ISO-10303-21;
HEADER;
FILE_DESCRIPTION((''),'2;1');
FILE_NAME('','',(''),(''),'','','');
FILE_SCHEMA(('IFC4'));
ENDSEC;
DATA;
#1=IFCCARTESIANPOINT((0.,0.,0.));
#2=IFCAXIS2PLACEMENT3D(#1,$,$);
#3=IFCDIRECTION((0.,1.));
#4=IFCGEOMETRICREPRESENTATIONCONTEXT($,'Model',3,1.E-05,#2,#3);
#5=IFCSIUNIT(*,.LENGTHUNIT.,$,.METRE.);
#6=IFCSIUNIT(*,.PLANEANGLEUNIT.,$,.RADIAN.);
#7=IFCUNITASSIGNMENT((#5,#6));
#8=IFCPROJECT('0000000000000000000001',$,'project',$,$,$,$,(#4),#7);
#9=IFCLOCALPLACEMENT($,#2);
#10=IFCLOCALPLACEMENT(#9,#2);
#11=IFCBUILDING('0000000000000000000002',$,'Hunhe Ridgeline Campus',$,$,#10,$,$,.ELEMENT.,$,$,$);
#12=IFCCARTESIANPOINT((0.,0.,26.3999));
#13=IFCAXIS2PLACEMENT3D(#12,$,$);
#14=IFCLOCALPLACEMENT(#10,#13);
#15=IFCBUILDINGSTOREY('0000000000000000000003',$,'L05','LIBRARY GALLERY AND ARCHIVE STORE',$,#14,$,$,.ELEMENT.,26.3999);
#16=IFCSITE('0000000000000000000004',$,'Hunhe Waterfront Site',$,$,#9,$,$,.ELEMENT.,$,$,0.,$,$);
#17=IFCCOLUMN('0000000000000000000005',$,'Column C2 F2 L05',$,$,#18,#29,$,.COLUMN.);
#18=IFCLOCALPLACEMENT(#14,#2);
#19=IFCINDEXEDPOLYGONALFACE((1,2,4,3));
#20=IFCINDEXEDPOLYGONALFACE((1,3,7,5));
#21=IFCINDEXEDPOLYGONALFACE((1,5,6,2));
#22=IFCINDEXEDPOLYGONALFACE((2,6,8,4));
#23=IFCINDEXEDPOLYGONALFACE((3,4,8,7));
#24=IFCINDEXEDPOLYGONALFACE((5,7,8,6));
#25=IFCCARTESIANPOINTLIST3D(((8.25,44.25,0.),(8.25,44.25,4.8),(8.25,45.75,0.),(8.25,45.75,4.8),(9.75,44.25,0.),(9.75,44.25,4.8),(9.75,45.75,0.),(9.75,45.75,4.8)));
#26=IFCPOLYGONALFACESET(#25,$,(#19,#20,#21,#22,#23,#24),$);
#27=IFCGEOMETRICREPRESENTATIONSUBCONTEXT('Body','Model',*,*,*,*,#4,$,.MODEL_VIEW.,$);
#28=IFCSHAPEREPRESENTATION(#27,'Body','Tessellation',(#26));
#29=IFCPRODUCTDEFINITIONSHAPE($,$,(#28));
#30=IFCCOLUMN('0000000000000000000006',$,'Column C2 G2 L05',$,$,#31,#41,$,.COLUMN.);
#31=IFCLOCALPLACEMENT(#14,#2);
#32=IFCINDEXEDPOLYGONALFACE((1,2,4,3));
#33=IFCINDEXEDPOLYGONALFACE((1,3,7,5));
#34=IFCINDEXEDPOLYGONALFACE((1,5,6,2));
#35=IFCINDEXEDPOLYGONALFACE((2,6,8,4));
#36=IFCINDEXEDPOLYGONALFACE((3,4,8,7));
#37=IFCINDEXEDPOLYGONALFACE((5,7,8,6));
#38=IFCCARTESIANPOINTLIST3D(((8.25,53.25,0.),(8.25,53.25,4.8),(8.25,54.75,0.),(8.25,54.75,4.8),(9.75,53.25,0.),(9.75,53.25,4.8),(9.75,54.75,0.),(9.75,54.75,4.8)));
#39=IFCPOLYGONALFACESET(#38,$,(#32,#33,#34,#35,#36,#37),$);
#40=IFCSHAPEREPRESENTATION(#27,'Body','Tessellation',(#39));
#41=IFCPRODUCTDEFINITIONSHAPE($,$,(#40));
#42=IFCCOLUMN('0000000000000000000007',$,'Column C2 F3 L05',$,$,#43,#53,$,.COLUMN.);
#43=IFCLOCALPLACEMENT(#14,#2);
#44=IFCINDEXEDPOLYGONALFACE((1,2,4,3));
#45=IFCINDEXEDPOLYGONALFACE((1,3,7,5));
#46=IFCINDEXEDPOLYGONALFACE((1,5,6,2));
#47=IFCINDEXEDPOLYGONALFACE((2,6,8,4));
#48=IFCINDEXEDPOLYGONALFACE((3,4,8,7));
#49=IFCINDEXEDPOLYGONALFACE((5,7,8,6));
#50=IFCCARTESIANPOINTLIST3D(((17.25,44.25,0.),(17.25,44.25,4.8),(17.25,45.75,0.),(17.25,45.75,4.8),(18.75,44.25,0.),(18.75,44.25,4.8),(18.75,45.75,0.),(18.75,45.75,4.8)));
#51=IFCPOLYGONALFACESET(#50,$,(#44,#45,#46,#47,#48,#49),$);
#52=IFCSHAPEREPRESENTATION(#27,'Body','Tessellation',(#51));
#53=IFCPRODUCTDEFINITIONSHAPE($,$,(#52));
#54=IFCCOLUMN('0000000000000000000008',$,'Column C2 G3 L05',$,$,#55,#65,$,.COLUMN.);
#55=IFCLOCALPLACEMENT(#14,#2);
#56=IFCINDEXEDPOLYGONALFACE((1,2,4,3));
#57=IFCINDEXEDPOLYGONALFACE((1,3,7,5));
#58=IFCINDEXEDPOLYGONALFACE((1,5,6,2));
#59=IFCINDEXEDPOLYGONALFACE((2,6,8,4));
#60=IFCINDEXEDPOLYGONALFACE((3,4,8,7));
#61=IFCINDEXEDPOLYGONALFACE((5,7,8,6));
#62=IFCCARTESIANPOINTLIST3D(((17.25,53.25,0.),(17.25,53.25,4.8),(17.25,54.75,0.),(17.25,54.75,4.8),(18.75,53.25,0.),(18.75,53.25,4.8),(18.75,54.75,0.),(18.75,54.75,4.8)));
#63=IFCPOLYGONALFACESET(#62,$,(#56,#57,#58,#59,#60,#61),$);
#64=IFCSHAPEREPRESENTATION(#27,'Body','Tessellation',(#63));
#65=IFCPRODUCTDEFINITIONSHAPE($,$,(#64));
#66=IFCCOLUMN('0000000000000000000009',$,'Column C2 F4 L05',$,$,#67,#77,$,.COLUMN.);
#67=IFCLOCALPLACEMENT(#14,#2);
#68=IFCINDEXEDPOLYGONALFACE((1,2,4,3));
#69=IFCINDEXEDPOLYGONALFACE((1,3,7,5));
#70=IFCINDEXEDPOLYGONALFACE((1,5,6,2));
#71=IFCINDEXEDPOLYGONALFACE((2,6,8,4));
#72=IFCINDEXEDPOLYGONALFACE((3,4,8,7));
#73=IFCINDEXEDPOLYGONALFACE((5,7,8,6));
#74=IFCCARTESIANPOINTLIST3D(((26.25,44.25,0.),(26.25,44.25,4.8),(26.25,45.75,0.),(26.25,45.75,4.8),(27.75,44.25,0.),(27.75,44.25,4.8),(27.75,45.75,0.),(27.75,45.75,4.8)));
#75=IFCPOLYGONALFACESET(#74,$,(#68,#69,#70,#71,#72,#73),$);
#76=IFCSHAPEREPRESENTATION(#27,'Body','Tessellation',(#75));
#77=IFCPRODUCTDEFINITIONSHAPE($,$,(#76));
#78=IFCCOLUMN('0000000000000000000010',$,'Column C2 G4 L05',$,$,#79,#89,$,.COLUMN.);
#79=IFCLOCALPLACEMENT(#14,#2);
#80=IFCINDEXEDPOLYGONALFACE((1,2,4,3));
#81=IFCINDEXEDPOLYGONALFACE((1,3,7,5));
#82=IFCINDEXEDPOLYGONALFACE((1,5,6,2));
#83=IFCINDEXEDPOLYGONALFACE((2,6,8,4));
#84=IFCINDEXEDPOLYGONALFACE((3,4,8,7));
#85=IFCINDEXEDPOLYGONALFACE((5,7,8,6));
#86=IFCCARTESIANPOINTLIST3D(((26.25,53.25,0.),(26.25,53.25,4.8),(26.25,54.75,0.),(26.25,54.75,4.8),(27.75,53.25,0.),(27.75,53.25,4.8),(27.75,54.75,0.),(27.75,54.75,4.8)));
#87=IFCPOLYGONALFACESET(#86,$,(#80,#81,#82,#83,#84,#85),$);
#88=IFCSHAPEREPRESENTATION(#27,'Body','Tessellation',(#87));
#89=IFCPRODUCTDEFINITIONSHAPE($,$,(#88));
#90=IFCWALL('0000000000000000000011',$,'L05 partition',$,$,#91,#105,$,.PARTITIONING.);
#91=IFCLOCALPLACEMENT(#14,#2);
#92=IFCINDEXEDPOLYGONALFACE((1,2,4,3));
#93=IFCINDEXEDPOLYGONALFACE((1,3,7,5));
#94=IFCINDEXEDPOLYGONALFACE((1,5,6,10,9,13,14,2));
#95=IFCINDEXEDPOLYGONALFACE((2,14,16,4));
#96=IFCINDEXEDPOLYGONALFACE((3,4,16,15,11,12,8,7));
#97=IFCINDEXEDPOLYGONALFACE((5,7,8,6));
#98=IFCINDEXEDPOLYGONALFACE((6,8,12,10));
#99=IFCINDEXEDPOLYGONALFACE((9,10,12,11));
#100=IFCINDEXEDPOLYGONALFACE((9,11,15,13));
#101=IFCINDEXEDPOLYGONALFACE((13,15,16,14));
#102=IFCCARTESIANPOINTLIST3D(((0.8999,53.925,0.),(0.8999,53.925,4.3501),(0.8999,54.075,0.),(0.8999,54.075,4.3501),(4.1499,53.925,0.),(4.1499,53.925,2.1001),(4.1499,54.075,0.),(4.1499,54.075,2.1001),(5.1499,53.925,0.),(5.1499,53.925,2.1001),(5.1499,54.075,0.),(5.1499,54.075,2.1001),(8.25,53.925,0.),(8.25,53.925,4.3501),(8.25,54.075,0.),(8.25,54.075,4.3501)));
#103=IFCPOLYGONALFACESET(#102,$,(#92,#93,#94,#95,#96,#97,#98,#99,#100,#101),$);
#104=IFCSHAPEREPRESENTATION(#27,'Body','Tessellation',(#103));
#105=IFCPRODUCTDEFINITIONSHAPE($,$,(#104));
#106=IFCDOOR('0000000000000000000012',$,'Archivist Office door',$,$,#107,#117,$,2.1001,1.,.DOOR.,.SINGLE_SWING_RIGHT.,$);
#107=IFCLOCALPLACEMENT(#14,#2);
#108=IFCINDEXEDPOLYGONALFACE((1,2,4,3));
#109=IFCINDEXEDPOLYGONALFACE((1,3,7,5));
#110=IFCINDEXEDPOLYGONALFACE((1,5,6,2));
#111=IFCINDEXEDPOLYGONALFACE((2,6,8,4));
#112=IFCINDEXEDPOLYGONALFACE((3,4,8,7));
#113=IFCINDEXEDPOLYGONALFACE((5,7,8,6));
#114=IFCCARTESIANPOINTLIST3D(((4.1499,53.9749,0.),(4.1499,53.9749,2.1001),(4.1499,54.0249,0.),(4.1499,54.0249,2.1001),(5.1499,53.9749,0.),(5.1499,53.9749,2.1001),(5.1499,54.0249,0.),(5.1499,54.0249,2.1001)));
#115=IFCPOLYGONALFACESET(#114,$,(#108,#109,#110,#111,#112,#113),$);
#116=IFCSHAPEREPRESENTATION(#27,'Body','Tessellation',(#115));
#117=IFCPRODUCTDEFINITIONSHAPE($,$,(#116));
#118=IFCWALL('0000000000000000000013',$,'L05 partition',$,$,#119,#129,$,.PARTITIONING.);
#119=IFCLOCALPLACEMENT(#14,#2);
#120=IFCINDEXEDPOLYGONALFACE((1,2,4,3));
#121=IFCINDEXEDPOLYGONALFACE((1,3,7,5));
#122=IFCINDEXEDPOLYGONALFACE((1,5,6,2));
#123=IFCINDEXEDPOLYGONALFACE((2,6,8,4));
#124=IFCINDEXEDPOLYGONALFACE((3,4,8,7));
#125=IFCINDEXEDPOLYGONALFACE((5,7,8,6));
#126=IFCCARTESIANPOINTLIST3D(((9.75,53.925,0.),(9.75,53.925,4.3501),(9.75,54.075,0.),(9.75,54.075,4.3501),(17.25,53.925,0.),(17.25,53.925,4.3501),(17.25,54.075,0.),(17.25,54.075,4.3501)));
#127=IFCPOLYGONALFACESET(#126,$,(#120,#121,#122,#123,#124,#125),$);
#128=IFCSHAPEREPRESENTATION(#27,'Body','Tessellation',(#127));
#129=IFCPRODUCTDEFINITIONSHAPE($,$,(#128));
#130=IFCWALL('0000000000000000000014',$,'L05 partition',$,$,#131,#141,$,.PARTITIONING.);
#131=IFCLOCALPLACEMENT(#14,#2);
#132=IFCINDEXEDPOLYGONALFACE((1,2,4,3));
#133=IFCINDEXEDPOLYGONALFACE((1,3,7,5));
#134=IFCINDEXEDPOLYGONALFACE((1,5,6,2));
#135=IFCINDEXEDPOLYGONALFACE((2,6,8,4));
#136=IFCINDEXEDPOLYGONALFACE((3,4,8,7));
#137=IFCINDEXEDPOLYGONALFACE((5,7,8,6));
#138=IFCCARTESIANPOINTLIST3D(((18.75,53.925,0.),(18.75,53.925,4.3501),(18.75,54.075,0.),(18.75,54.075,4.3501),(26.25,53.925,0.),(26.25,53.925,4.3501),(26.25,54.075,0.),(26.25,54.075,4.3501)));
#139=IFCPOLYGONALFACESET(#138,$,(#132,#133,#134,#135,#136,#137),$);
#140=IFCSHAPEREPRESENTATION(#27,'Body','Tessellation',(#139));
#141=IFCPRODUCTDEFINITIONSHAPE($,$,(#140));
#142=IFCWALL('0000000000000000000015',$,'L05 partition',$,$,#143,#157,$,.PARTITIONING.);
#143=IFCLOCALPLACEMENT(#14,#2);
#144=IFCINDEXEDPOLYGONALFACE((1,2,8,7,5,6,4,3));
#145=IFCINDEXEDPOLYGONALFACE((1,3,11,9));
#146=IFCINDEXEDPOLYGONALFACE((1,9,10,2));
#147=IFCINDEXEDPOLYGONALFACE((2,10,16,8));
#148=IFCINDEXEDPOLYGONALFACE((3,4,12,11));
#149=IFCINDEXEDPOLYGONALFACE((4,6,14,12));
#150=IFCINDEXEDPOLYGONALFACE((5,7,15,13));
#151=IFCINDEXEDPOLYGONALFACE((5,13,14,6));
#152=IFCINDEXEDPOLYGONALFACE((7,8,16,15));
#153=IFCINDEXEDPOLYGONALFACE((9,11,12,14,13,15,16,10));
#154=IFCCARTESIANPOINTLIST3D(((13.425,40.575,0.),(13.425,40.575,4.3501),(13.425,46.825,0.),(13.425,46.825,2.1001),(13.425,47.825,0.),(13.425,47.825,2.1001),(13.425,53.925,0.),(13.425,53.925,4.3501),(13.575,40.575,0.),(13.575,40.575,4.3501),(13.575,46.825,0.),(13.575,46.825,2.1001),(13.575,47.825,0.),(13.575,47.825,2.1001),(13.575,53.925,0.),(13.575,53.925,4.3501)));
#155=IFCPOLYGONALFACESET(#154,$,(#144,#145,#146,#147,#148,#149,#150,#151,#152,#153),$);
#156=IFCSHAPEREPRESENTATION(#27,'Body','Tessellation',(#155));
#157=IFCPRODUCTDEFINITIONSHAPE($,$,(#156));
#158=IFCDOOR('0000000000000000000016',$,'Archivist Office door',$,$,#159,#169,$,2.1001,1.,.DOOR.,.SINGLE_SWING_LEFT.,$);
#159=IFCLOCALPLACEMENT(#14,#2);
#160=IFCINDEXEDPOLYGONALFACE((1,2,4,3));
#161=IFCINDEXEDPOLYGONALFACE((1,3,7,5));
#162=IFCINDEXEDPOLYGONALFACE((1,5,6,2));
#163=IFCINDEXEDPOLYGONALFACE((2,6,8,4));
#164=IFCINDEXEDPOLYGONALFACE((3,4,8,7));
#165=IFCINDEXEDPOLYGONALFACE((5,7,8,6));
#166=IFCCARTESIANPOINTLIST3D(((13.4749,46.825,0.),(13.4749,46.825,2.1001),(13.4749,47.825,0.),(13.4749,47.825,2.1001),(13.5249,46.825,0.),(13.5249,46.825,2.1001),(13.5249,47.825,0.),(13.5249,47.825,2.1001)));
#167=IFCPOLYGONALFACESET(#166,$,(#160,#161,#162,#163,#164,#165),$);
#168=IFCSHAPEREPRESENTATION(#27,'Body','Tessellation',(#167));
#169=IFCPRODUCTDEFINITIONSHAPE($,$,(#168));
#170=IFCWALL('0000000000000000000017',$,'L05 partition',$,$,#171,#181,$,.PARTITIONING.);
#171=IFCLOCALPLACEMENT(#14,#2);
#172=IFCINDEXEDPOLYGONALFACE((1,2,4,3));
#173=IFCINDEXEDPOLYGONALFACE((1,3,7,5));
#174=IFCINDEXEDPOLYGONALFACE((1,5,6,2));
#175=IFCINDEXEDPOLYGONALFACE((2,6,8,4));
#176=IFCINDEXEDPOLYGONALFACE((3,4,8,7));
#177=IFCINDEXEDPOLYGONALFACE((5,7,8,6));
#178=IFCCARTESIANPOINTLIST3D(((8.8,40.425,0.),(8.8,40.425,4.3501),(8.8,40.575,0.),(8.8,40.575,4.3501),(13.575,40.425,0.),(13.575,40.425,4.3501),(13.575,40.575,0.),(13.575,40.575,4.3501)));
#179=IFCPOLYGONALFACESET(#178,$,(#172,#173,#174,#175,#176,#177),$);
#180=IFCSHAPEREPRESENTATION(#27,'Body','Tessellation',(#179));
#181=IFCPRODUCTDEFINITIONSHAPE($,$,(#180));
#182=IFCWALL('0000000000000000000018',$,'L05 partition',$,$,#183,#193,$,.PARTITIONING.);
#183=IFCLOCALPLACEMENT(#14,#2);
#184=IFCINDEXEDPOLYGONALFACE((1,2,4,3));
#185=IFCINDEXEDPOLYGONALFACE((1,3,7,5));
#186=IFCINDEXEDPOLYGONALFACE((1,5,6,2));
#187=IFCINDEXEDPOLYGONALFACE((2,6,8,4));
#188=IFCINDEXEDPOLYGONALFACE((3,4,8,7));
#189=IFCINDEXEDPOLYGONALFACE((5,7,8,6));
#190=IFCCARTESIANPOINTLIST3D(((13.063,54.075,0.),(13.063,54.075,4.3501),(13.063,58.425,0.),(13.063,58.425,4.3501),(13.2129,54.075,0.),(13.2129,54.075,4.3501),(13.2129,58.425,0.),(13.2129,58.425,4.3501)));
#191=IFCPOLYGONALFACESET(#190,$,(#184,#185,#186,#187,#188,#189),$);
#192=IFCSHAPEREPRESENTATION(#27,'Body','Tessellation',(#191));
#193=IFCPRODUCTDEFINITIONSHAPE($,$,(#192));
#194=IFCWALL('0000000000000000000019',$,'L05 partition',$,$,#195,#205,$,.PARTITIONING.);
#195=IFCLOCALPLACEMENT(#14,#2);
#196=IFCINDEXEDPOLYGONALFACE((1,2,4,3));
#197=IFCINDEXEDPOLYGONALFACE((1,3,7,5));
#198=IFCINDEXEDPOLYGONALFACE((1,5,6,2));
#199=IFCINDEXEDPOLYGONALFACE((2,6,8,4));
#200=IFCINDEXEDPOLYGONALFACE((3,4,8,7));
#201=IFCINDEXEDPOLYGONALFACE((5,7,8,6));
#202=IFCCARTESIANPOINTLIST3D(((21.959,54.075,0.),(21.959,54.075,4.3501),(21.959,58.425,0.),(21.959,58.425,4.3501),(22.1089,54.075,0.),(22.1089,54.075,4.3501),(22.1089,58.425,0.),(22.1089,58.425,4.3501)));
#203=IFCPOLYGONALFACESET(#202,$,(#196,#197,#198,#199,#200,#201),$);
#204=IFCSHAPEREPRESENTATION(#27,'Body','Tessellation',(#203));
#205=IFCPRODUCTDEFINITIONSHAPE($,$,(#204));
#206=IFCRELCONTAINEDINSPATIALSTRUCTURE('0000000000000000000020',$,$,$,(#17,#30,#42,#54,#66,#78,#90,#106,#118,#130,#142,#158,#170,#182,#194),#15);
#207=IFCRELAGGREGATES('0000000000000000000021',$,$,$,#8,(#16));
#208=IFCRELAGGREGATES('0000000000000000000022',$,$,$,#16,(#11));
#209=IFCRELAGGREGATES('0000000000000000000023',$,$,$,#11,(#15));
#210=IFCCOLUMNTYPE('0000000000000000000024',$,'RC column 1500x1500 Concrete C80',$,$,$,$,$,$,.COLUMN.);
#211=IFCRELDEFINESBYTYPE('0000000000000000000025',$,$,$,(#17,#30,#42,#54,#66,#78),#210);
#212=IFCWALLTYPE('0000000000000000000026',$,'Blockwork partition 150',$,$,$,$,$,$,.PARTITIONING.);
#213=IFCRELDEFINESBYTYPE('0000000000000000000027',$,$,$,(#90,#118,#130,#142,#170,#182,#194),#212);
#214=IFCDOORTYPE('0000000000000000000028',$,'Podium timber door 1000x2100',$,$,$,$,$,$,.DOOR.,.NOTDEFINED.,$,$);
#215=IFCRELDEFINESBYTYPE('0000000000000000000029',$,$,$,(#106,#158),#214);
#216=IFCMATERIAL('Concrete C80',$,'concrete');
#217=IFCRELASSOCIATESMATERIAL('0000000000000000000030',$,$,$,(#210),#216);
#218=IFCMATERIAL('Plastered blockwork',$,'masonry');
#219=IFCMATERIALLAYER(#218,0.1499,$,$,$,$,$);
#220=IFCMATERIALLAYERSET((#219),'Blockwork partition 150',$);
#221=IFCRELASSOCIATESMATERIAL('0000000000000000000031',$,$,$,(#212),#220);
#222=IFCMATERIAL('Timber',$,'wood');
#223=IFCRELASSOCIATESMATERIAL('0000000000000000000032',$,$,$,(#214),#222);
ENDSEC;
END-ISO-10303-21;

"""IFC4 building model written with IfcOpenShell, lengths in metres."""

from ifc_helpers import new_model, si_unit, direction, frame, frame_2d, origin, origin_2d, place, context, subcontext, project, spatial, rectangle, extrude, material, layer, layer_set, material_profile, profile_set, type_object, element, fill, save


model = new_model("IFC4")

# Units and contexts
model_context = context("Model", 3, precision=1e-05, world=origin(), true_north=direction((0.0, 1.0)))
body_context = subcontext(model_context, "Body", "Model", "MODEL_VIEW")
ifc_project = project(units=[si_unit("LENGTHUNIT", "METRE"), si_unit("PLANEANGLEUNIT", "RADIAN")], contexts=[model_context])

# Site, building, storey
site_placement = place(None, origin())
site = spatial("IfcSite", under=ifc_project, at=site_placement, Name="Hunhe Waterfront Site", CompositionType="ELEMENT", RefElevation=0.0)
building_placement = place(site_placement, origin())
building = spatial("IfcBuilding", under=site, at=building_placement, Name="Hunhe Ridgeline Campus", CompositionType="ELEMENT")
storey_placement = place(building_placement, frame((0.0, 0.0, 26.3999)))
storey = spatial("IfcBuildingStorey", under=building, at=storey_placement, Name="L05", Description="LIBRARY GALLERY AND ARCHIVE STORE", CompositionType="ELEMENT", Elevation=26.3999)

# Columns
ifc_material_1 = material(Name="Concrete C80", Category="concrete")
ifc_material_profile = material_profile(ifc_material_1, rectangle(XDim=1.5, YDim=1.5, at=origin_2d()))
ifc_profile_set = profile_set([ifc_material_profile], Name="Concrete C80")
column_type = type_object("IfcColumnType", Name="RC column 1500x1500 Concrete C80", PredefinedType="COLUMN", material=ifc_profile_set)
for number, where, z_axis, x_axis, name in (
    (1, (9.0, 45.0, 0.0), (0.0, 0.0, 1.0), (1.0, 0.0, 0.0), "Column C2 F2 L05"),
    (2, (9.0, 54.0, 0.0), (0.0, 0.0, 1.0), (1.0, 0.0, 0.0), "Column C2 G2 L05"),
    (3, (18.0, 45.0, 0.0), (0.0, 0.0, 1.0), (1.0, 0.0, 0.0), "Column C2 F3 L05"),
    (4, (18.0, 54.0, 0.0), (0.0, 0.0, 1.0), (1.0, 0.0, 0.0), "Column C2 G3 L05"),
    (5, (27.0, 45.0, 0.0), (0.0, 0.0, 1.0), (1.0, 0.0, 0.0), "Column C2 F4 L05"),
    (6, (27.0, 54.0, 0.0), (0.0, 0.0, 1.0), (1.0, 0.0, 0.0), "Column C2 G4 L05"),
):
    element("IfcColumn", number, at=place(storey_placement, frame(where, z_axis=z_axis, x_axis=x_axis)), inside=storey, type_object=column_type, Name=name, PredefinedType="COLUMN", context=body_context, shape_type="SweptSolid", body=[
        extrude(rectangle(XDim=1.5, YDim=1.5, at=origin_2d()), origin(), (0.0, 0.0, 1.0), 4.8),
    ])

# Wall, opening, door
ifc_material_2 = material(Name="Plastered blockwork", Category="masonry")
ifc_layer_1 = layer(ifc_material_2, 0.1499)
ifc_layer_set_1 = layer_set([ifc_layer_1], Name="Blockwork partition 150")
wall_type_1 = type_object("IfcWallType", Name="Blockwork partition 150", PredefinedType="PARTITIONING", material=ifc_layer_set_1)
wall_1_placement = place(storey_placement, frame((0.8999, 54.0, 0.0), z_axis=(0.0, 0.0, 1.0), x_axis=(1.0, 0.0, 0.0)))
wall_1 = element("IfcWall", 7, at=wall_1_placement, inside=storey, type_object=wall_type_1, Name="L05 partition", PredefinedType="PARTITIONING", context=body_context, shape_type="SweptSolid", body=[
    extrude(rectangle(XDim=7.3501, YDim=0.1499, at=frame_2d((3.675, 0.0))), origin(), (0.0, 0.0, 1.0), 4.3501),
])
opening_1_placement = place(wall_1_placement, frame((3.25, 0.0, 0.0)))
opening_1 = element("IfcOpeningElement", 8, at=opening_1_placement, cuts=wall_1, PredefinedType="OPENING", context=body_context, shape_type="SweptSolid", body=[
    extrude(rectangle(XDim=1.0, YDim=2.1001, at=frame_2d((0.5, 1.05))), frame((0.0, 0.075, 0.0), z_axis=(0.0, -1.0, 0.0), x_axis=(1.0, 0.0, 0.0)), (0.0, 0.0, 1.0), 0.1499),
])
ifc_material_3 = material(Name="Timber", Category="wood")
door_type_1 = type_object("IfcDoorType", Name="Podium timber door 1000x2100", OperationType="NOTDEFINED", PredefinedType="DOOR", material=ifc_material_3)
door_1_placement = place(opening_1_placement, origin())
door_1 = element("IfcDoor", 9, at=door_1_placement, inside=storey, type_object=door_type_1, Name="Archivist Office door", OperationType="SINGLE_SWING_RIGHT", OverallHeight=2.1001, OverallWidth=1.0, PredefinedType="DOOR", context=body_context, shape_type="SweptSolid", body=[
    extrude(rectangle(XDim=1.0, YDim=2.1001, at=frame_2d((0.5, 1.05))), frame((0.0, 0.0249, 0.0), z_axis=(0.0, -1.0, 0.0), x_axis=(1.0, 0.0, 0.0)), (0.0, 0.0, 1.0), 0.05),
])
fill(opening_1, door_1)

# Walls
for number, where, z_axis, x_axis, name in (
    (10, (9.75, 54.0, 0.0), (0.0, 0.0, 1.0), (1.0, 0.0, 0.0), "L05 partition"),
    (11, (26.25, 54.0, 0.0), (0.0, 0.0, 1.0), (-1.0, 0.0, 0.0), "L05 partition"),
):
    element("IfcWall", number, at=place(storey_placement, frame(where, z_axis=z_axis, x_axis=x_axis)), inside=storey, type_object=wall_type_1, Name=name, PredefinedType="PARTITIONING", context=body_context, shape_type="SweptSolid", body=[
        extrude(rectangle(XDim=7.5, YDim=0.1499, at=frame_2d((3.75, 0.0))), origin(), (0.0, 0.0, 1.0), 4.3501),
    ])

# Wall, opening, door
wall_2_placement = place(storey_placement, frame((13.5, 53.925, 0.0), z_axis=(0.0, 0.0, 1.0), x_axis=(0.0, -1.0, 0.0)))
wall_2 = element("IfcWall", 12, at=wall_2_placement, inside=storey, type_object=wall_type_1, Name="L05 partition", PredefinedType="PARTITIONING", context=body_context, shape_type="SweptSolid", body=[
    extrude(rectangle(XDim=13.3501, YDim=0.1499, at=frame_2d((6.675, 0.0))), origin(), (0.0, 0.0, 1.0), 4.3501),
])
opening_2_placement = place(wall_2_placement, frame((6.1001, 0.0, 0.0)))
opening_2 = element("IfcOpeningElement", 13, at=opening_2_placement, cuts=wall_2, PredefinedType="OPENING", context=body_context, shape_type="SweptSolid", body=[
    extrude(rectangle(XDim=1.0, YDim=2.1001, at=frame_2d((0.5, 1.05))), frame((0.0, 0.075, 0.0), z_axis=(0.0, -1.0, 0.0), x_axis=(1.0, 0.0, 0.0)), (0.0, 0.0, 1.0), 0.1499),
])
door_2_placement = place(opening_2_placement, origin())
door_2 = element("IfcDoor", 14, at=door_2_placement, inside=storey, type_object=door_type_1, Name="Archivist Office door", OperationType="SINGLE_SWING_LEFT", OverallHeight=2.1001, OverallWidth=1.0, PredefinedType="DOOR", context=body_context, shape_type="SweptSolid", body=[
    extrude(rectangle(XDim=1.0, YDim=2.1001, at=frame_2d((0.5, 1.05))), frame((0.0, 0.0249, 0.0), z_axis=(0.0, -1.0, 0.0), x_axis=(1.0, 0.0, 0.0)), (0.0, 0.0, 1.0), 0.05),
])
fill(opening_2, door_2)

# Walls
wall_3_placement = place(storey_placement, frame((13.575, 40.5, 0.0), z_axis=(0.0, 0.0, 1.0), x_axis=(-1.0, 0.0, 0.0)))
element("IfcWall", 15, at=wall_3_placement, inside=storey, type_object=wall_type_1, Name="L05 partition", PredefinedType="PARTITIONING", context=body_context, shape_type="SweptSolid", body=[
    extrude(rectangle(XDim=4.7749, YDim=0.1499, at=frame_2d((2.3875, 0.0))), origin(), (0.0, 0.0, 1.0), 4.3501),
])
for number, where, z_axis, x_axis, name in (
    (16, (13.1379, 54.075, 0.0), (0.0, 0.0, 1.0), (0.0, 1.0, 0.0), "L05 partition"),
    (17, (22.0339, 54.075, 0.0), (0.0, 0.0, 1.0), (0.0, 1.0, 0.0), "L05 partition"),
):
    element("IfcWall", number, at=place(storey_placement, frame(where, z_axis=z_axis, x_axis=x_axis)), inside=storey, type_object=wall_type_1, Name=name, PredefinedType="PARTITIONING", context=body_context, shape_type="SweptSolid", body=[
        extrude(rectangle(XDim=4.3501, YDim=0.1499, at=frame_2d((2.175, 0.0))), origin(), (0.0, 0.0, 1.0), 4.3501),
    ])

save(model, "model.ifc")
